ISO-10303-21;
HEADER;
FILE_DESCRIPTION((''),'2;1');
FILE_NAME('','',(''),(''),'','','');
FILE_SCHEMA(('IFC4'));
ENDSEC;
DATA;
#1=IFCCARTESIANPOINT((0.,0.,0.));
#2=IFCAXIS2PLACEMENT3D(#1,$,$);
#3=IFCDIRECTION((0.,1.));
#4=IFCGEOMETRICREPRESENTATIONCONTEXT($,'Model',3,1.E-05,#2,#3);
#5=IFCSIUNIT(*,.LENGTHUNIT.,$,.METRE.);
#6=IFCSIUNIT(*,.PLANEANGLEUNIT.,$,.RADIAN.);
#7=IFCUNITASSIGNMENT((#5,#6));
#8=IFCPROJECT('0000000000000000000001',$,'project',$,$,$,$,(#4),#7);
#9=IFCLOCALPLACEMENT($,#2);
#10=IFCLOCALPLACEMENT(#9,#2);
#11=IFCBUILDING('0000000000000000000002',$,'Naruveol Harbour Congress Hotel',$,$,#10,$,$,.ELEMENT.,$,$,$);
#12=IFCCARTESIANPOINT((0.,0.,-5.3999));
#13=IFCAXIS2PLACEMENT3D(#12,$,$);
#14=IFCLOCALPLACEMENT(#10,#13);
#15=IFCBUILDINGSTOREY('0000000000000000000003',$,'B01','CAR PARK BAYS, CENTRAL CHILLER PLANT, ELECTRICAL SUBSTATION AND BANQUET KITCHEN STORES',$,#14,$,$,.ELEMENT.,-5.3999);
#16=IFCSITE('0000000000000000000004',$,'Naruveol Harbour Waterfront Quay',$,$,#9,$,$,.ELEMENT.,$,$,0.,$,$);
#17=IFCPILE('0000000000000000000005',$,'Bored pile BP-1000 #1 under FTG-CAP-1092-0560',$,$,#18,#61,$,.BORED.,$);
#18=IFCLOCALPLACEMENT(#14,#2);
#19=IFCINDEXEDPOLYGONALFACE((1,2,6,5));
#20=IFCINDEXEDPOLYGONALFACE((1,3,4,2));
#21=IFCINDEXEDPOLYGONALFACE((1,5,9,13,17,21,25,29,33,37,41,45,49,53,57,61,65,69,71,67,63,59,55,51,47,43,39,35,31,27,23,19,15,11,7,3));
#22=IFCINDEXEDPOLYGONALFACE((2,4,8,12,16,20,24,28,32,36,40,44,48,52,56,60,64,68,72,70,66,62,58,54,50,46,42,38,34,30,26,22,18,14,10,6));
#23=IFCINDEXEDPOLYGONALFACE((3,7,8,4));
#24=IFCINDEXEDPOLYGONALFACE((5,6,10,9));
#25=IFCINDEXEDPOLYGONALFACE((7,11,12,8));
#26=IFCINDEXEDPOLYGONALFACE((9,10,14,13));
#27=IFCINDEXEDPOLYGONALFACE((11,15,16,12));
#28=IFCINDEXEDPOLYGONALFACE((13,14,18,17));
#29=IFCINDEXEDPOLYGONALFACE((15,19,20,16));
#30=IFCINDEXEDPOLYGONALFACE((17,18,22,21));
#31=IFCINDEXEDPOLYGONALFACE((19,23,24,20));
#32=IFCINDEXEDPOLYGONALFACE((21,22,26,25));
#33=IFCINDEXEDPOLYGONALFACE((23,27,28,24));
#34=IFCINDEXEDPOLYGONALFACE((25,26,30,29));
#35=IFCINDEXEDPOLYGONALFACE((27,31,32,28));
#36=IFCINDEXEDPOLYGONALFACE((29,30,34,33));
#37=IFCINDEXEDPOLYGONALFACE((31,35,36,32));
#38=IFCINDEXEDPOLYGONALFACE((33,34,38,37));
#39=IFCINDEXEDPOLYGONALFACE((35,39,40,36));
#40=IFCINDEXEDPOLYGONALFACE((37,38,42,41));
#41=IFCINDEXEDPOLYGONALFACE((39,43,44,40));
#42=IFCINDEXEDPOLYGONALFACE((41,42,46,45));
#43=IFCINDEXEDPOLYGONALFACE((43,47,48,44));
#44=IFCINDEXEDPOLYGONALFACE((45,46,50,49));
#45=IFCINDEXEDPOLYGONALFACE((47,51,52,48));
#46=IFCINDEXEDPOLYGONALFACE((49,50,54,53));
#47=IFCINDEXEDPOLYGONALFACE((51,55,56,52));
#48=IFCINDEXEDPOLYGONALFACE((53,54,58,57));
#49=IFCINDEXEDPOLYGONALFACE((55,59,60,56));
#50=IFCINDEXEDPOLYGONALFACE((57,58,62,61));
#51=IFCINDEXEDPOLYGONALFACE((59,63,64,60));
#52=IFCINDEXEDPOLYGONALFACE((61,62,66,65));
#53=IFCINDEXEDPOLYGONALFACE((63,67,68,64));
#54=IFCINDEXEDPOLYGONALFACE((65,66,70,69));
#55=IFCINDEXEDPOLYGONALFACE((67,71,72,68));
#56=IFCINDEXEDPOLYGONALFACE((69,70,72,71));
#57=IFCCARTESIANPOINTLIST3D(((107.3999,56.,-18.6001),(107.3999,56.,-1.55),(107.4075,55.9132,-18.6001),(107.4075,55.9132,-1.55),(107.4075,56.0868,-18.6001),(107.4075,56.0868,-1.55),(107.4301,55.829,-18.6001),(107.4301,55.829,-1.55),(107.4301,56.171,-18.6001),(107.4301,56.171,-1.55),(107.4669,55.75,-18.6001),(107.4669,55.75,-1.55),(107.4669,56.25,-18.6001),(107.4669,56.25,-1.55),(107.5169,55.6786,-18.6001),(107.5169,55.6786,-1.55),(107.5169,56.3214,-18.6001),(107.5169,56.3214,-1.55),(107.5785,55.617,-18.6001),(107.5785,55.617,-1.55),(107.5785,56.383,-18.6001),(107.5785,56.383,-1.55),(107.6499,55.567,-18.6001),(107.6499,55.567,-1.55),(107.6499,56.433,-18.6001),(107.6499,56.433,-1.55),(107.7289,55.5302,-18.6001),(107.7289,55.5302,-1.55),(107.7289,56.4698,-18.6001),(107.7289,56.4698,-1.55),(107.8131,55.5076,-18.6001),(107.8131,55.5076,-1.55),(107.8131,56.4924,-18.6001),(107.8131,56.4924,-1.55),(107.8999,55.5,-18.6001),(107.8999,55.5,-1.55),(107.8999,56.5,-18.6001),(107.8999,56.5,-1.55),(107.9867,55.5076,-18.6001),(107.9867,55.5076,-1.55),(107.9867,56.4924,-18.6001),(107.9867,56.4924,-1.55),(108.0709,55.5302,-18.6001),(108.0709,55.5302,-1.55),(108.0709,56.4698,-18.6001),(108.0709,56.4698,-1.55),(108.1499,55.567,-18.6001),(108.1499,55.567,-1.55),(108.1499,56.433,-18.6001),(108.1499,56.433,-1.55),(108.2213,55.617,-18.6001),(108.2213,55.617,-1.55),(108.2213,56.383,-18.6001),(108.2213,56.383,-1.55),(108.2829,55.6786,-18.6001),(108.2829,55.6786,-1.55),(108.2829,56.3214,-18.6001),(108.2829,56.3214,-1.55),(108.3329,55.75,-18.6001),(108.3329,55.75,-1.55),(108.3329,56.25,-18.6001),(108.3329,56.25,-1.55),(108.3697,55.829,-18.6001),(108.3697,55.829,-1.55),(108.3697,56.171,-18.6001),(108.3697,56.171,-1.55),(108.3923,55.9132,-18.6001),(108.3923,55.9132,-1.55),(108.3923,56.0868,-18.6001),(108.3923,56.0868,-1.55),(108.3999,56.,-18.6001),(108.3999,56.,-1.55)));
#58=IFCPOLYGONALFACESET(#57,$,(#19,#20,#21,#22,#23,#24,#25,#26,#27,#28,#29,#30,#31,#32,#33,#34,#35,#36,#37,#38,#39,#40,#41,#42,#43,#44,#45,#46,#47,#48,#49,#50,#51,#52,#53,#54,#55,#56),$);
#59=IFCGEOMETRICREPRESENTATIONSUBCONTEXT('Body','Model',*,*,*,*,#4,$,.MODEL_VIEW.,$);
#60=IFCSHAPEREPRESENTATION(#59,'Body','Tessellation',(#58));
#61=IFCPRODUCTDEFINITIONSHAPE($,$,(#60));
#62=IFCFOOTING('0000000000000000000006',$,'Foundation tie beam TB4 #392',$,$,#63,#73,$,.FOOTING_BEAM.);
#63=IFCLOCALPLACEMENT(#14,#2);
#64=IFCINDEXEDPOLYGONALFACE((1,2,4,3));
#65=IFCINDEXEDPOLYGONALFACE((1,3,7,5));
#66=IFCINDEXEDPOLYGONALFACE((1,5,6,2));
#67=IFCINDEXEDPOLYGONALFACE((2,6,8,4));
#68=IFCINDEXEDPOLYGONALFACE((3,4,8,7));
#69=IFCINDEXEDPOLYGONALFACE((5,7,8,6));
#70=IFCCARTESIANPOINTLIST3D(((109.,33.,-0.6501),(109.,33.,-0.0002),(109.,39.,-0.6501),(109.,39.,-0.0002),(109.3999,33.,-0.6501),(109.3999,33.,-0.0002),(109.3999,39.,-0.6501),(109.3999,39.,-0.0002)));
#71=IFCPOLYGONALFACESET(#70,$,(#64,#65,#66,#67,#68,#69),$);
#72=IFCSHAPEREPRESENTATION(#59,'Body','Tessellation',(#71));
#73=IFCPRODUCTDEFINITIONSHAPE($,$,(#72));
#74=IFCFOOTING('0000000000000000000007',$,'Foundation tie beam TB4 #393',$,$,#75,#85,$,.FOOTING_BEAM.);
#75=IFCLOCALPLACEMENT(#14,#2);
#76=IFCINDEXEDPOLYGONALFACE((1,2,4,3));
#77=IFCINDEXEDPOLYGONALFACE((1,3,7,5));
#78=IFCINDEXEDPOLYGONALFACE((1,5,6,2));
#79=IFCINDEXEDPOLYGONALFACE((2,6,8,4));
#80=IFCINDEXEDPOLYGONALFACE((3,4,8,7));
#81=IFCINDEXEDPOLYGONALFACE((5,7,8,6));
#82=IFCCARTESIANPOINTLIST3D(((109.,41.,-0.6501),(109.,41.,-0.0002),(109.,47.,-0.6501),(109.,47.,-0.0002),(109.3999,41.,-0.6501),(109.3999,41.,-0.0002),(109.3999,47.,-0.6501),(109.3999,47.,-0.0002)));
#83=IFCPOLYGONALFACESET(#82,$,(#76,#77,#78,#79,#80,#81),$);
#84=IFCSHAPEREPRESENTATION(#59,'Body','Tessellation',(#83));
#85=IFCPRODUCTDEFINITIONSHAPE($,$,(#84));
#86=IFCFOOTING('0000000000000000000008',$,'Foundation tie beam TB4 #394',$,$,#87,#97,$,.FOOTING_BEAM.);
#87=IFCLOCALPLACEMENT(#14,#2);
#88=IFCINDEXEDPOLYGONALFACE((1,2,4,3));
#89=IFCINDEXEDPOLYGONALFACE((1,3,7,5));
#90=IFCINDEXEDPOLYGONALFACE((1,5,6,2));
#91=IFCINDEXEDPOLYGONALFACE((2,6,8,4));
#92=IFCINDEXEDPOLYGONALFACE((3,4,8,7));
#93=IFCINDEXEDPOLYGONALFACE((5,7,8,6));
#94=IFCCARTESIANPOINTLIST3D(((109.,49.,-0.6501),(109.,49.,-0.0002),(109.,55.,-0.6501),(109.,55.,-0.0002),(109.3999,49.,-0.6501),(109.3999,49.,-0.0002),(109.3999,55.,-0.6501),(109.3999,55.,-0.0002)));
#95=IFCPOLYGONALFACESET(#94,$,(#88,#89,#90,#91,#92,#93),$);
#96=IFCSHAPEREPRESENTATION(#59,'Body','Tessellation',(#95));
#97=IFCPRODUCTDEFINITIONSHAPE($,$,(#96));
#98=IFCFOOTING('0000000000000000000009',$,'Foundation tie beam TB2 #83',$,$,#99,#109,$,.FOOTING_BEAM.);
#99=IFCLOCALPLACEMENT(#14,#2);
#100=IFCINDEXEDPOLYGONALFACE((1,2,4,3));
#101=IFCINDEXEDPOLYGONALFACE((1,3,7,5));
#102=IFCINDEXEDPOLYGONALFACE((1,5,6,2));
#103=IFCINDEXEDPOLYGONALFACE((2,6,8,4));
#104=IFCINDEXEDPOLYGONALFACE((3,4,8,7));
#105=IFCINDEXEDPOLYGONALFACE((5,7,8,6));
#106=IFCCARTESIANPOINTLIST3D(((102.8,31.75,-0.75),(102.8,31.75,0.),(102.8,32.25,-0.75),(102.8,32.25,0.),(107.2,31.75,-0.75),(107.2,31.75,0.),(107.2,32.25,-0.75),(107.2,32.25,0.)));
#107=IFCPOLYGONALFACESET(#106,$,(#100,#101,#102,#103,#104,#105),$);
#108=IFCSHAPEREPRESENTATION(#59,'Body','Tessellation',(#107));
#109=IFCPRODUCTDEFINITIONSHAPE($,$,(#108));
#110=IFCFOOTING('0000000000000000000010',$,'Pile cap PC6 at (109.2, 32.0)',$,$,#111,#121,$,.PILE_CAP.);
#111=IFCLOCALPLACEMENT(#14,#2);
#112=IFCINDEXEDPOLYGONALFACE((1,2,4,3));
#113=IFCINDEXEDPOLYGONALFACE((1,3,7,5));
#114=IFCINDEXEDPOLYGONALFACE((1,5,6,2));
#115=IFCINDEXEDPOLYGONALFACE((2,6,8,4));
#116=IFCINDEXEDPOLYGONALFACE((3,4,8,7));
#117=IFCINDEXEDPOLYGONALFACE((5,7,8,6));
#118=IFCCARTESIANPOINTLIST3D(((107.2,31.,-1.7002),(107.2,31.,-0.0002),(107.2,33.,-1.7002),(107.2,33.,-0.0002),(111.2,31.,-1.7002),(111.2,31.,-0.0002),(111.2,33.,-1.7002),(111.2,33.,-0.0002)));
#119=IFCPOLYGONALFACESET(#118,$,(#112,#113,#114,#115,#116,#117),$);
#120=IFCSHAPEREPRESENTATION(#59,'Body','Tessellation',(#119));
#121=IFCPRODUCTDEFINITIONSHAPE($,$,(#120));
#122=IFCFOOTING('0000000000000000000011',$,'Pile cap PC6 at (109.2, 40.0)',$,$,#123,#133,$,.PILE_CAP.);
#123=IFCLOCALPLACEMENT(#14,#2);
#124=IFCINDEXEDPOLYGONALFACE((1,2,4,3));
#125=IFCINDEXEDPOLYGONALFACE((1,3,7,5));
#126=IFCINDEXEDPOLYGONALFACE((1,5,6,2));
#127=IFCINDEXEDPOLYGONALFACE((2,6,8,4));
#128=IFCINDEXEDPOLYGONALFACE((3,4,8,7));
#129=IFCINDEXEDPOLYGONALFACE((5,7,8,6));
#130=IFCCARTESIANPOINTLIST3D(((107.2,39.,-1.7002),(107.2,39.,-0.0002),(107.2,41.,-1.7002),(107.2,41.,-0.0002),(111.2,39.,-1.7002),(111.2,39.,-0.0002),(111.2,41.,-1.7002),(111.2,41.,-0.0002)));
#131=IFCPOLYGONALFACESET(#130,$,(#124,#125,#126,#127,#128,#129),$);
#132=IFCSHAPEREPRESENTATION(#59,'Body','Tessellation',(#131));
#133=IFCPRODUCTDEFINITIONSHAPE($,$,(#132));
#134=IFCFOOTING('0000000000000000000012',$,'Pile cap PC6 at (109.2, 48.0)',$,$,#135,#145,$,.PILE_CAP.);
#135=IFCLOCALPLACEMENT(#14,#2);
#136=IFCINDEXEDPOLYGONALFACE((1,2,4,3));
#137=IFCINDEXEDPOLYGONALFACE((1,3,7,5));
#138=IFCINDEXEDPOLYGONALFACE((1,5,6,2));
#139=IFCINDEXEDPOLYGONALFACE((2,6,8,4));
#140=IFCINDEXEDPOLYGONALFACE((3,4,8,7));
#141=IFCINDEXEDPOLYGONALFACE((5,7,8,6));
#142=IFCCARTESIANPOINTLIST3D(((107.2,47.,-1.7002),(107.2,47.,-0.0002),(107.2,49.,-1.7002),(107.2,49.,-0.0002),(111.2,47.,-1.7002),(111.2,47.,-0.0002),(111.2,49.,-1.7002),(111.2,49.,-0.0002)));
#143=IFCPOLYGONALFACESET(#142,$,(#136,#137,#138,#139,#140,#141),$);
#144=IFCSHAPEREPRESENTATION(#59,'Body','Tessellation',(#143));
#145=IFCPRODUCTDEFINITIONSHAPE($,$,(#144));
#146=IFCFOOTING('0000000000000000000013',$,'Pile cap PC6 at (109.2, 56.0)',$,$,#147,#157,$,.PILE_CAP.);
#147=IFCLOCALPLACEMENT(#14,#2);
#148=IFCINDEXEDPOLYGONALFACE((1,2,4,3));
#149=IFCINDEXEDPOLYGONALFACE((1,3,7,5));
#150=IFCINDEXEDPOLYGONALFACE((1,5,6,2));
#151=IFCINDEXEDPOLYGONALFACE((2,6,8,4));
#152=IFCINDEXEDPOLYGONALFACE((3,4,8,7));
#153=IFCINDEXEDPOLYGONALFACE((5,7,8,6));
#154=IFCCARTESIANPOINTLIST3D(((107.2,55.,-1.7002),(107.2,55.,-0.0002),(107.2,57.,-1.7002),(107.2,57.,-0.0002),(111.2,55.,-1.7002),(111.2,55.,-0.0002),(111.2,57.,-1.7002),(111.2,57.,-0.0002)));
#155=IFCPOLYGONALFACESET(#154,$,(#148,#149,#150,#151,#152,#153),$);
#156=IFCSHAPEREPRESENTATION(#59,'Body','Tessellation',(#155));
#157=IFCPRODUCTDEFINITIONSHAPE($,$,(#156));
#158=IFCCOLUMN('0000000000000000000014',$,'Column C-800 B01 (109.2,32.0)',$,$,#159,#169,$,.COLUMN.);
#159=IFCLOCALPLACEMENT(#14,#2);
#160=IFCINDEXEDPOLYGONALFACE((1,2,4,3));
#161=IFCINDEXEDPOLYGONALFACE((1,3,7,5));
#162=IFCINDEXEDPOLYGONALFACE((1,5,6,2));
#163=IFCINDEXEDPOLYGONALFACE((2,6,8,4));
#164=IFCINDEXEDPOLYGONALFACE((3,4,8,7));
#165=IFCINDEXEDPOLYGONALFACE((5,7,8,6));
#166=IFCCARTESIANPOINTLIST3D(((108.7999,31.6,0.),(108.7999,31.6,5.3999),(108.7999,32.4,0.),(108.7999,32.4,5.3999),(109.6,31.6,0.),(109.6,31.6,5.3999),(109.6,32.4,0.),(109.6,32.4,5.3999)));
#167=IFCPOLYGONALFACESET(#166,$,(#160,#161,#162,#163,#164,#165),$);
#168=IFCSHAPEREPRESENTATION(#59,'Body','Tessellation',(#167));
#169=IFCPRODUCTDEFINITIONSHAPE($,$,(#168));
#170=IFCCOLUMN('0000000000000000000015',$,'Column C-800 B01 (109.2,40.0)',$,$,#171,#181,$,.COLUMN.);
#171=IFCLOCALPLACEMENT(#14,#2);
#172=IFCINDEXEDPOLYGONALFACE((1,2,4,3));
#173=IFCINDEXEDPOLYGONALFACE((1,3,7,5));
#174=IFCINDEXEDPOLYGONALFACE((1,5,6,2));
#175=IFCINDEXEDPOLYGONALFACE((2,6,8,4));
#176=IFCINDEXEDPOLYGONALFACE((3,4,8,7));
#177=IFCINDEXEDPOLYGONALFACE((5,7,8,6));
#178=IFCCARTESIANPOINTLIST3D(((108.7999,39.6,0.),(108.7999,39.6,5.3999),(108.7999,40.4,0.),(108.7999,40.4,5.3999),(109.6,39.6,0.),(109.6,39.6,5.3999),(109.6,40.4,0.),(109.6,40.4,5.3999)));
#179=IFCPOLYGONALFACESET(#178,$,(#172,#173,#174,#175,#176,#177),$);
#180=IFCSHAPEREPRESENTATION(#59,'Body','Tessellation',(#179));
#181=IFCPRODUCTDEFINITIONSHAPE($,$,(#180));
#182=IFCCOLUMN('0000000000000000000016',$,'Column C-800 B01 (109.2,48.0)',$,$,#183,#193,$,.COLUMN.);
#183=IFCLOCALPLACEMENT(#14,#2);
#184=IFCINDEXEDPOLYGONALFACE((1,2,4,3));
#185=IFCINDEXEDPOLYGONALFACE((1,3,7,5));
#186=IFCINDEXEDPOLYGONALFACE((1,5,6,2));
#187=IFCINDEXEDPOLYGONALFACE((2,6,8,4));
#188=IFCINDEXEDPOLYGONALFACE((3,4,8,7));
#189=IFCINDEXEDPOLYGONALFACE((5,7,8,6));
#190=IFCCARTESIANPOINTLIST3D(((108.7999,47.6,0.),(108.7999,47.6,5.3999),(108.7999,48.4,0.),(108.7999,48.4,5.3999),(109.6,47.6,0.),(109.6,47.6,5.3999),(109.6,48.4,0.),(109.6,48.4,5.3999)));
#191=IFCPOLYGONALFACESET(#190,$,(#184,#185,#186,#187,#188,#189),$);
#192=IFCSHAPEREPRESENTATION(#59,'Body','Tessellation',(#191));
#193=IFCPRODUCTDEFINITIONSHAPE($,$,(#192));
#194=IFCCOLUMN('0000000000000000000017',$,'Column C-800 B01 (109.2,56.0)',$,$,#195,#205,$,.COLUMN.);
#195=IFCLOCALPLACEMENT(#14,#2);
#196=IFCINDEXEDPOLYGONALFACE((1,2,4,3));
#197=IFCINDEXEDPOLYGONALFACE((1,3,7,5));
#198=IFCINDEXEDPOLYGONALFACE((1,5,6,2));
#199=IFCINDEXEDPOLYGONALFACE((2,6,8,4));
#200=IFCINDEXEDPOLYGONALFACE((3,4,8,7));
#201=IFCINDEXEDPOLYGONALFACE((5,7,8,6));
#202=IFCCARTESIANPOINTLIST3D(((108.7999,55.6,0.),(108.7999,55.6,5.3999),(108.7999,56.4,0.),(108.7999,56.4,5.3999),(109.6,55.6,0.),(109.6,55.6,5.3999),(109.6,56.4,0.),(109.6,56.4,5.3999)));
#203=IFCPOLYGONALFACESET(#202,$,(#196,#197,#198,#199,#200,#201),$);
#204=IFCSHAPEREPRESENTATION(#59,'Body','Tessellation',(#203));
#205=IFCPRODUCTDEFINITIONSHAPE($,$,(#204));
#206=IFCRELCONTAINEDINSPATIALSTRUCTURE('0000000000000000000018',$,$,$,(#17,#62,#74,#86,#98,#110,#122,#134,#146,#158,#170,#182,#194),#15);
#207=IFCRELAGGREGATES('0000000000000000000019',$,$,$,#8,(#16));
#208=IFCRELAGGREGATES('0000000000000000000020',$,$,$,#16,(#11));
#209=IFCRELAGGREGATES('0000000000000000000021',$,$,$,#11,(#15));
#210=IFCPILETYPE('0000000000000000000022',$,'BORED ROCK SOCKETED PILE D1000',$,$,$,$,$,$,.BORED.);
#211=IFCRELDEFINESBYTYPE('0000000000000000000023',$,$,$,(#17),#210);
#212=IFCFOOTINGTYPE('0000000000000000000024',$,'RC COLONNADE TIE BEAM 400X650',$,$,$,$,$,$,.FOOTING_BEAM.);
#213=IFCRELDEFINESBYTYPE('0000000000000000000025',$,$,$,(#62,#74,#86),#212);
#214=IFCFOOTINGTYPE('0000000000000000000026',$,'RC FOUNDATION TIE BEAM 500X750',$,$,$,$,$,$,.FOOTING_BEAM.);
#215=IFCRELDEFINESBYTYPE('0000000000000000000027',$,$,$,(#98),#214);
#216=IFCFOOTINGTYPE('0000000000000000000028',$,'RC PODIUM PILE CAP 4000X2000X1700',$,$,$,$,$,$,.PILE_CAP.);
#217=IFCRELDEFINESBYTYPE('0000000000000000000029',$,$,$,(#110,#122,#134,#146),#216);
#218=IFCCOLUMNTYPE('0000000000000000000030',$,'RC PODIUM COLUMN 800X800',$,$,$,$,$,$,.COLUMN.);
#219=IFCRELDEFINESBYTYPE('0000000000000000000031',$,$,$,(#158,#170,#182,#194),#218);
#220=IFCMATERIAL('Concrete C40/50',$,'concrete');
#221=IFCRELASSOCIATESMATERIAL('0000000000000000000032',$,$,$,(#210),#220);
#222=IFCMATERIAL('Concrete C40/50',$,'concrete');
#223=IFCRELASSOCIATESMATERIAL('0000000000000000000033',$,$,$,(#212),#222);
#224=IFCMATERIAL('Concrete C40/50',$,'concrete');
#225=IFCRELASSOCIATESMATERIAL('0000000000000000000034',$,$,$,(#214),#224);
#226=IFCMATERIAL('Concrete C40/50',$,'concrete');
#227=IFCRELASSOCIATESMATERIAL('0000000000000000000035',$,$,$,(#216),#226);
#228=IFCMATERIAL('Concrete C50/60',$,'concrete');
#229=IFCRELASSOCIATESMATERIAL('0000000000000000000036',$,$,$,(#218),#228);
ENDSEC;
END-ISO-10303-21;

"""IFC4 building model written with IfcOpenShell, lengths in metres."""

from ifc_helpers import new_model, si_unit, direction, frame, origin, origin_2d, place, context, subcontext, project, spatial, rectangle, circle, extrude, material, material_profile, profile_set, type_object, element, save


model = new_model("IFC4")

# Units and contexts
model_context = context("Model", 3, precision=1e-05, world=origin(), true_north=direction((0.0, 1.0)))
body_context = subcontext(model_context, "Body", "Model", "MODEL_VIEW")
ifc_project = project(units=[si_unit("LENGTHUNIT", "METRE"), si_unit("PLANEANGLEUNIT", "RADIAN")], contexts=[model_context])

# Site, building, storey
site_placement = place(None, origin())
site = spatial("IfcSite", under=ifc_project, at=site_placement, Name="Naruveol Harbour Waterfront Quay", CompositionType="ELEMENT", RefElevation=0.0)
building_placement = place(site_placement, origin())
building = spatial("IfcBuilding", under=site, at=building_placement, Name="Naruveol Harbour Congress Hotel", CompositionType="ELEMENT")
storey_placement = place(building_placement, frame((0.0, 0.0, -5.3999)))
storey = spatial("IfcBuildingStorey", under=building, at=storey_placement, Name="B01", Description="CAR PARK BAYS, CENTRAL CHILLER PLANT, ELECTRICAL SUBSTATION AND BANQUET KITCHEN STORES", CompositionType="ELEMENT", Elevation=-5.3999)

# Pile
ifc_material_1 = material(Name="Concrete C40/50", Category="concrete")
ifc_material_profile_1 = material_profile(ifc_material_1, circle(Radius=0.5, at=origin_2d()), Name="BP-1000")
ifc_profile_set_1 = profile_set([ifc_material_profile_1], Name="Concrete C40/50")
pile_type = type_object("IfcPileType", Name="BORED ROCK SOCKETED PILE D1000", PredefinedType="BORED", material=ifc_profile_set_1)
for number, where, z_axis, x_axis, name in (
    (1, (107.8999, 56.0, -1.55), (0.0, 0.0, -1.0), (1.0, 0.0, 0.0), "Bored pile BP-1000 #1 under FTG-CAP-1092-0560"),
):
    element("IfcPile", number, at=place(storey_placement, frame(where, z_axis=z_axis, x_axis=x_axis)), inside=storey, type_object=pile_type, Name=name, PredefinedType="BORED", context=body_context, shape_type="SweptSolid", body=[
        extrude(circle(Radius=0.5, at=origin_2d()), origin(), (0.0, 0.0, 1.0), 17.05),
    ])

# Footings
ifc_material_2 = material(Name="Concrete C40/50", Category="concrete")
ifc_material_profile_2 = material_profile(ifc_material_2, rectangle(XDim=0.3999, YDim=0.6499, at=origin_2d()), Name="RCB-400x650")
ifc_profile_set_2 = profile_set([ifc_material_profile_2], Name="Concrete C40/50")
footing_type_1 = type_object("IfcFootingType", Name="RC COLONNADE TIE BEAM 400X650", PredefinedType="FOOTING_BEAM", material=ifc_profile_set_2)
for number, where, z_axis, x_axis, name in (
    (2, (109.2, 33.0, -0.3252), (0.0, 1.0, 0.0), (-1.0, 0.0, 0.0), "Foundation tie beam TB4 #392"),
    (3, (109.2, 41.0, -0.3252), (0.0, 1.0, 0.0), (-1.0, 0.0, 0.0), "Foundation tie beam TB4 #393"),
    (4, (109.2, 49.0, -0.3252), (0.0, 1.0, 0.0), (-1.0, 0.0, 0.0), "Foundation tie beam TB4 #394"),
):
    element("IfcFooting", number, at=place(storey_placement, frame(where, z_axis=z_axis, x_axis=x_axis)), inside=storey, type_object=footing_type_1, Name=name, PredefinedType="FOOTING_BEAM", context=body_context, shape_type="SweptSolid", body=[
        extrude(rectangle(XDim=0.3999, YDim=0.6499, at=origin_2d()), origin(), (0.0, 0.0, 1.0), 6.0),
    ])
ifc_material_3 = material(Name="Concrete C40/50", Category="concrete")
ifc_material_profile_3 = material_profile(ifc_material_3, rectangle(XDim=0.5, YDim=0.75, at=origin_2d()), Name="RCB-500x750")
ifc_profile_set_3 = profile_set([ifc_material_profile_3], Name="Concrete C40/50")
footing_type_2 = type_object("IfcFootingType", Name="RC FOUNDATION TIE BEAM 500X750", PredefinedType="FOOTING_BEAM", material=ifc_profile_set_3)
footing_placement = place(storey_placement, frame((102.8, 32.0, -0.375), z_axis=(1.0, 0.0, 0.0), x_axis=(0.0, 1.0, 0.0)))
element("IfcFooting", 5, at=footing_placement, inside=storey, type_object=footing_type_2, Name="Foundation tie beam TB2 #83", PredefinedType="FOOTING_BEAM", context=body_context, shape_type="SweptSolid", body=[
    extrude(rectangle(XDim=0.5, YDim=0.75, at=origin_2d()), origin(), (0.0, 0.0, 1.0), 4.3999),
])
ifc_material_4 = material(Name="Concrete C40/50", Category="concrete")
footing_type_3 = type_object("IfcFootingType", Name="RC PODIUM PILE CAP 4000X2000X1700", PredefinedType="PILE_CAP", material=ifc_material_4)
for number, where, z_axis, x_axis, name in (
    (6, (109.2, 32.0, -1.7002), (0.0, 0.0, 1.0), (1.0, 0.0, 0.0), "Pile cap PC6 at (109.2, 32.0)"),
    (7, (109.2, 40.0, -1.7002), (0.0, 0.0, 1.0), (1.0, 0.0, 0.0), "Pile cap PC6 at (109.2, 40.0)"),
    (8, (109.2, 48.0, -1.7002), (0.0, 0.0, 1.0), (1.0, 0.0, 0.0), "Pile cap PC6 at (109.2, 48.0)"),
    (9, (109.2, 56.0, -1.7002), (0.0, 0.0, 1.0), (1.0, 0.0, 0.0), "Pile cap PC6 at (109.2, 56.0)"),
):
    element("IfcFooting", number, at=place(storey_placement, frame(where, z_axis=z_axis, x_axis=x_axis)), inside=storey, type_object=footing_type_3, Name=name, PredefinedType="PILE_CAP", context=body_context, shape_type="SweptSolid", body=[
        extrude(rectangle(XDim=4.0, YDim=2.0, at=origin_2d()), origin(), (0.0, 0.0, 1.0), 1.7),
    ])

# Columns
ifc_material_5 = material(Name="Concrete C50/60", Category="concrete")
ifc_material_profile_4 = material_profile(ifc_material_5, rectangle(XDim=0.8, YDim=0.8, at=origin_2d()), Name="RC-800x800")
ifc_profile_set_4 = profile_set([ifc_material_profile_4], Name="Concrete C50/60")
column_type = type_object("IfcColumnType", Name="RC PODIUM COLUMN 800X800", PredefinedType="COLUMN", material=ifc_profile_set_4)
for number, where, z_axis, x_axis, name in (
    (10, (109.2, 32.0, 0.0), (0.0, 0.0, 1.0), (1.0, 0.0, 0.0), "Column C-800 B01 (109.2,32.0)"),
    (11, (109.2, 40.0, 0.0), (0.0, 0.0, 1.0), (1.0, 0.0, 0.0), "Column C-800 B01 (109.2,40.0)"),
    (12, (109.2, 48.0, 0.0), (0.0, 0.0, 1.0), (1.0, 0.0, 0.0), "Column C-800 B01 (109.2,48.0)"),
    (13, (109.2, 56.0, 0.0), (0.0, 0.0, 1.0), (1.0, 0.0, 0.0), "Column C-800 B01 (109.2,56.0)"),
):
    element("IfcColumn", number, at=place(storey_placement, frame(where, z_axis=z_axis, x_axis=x_axis)), inside=storey, type_object=column_type, Name=name, PredefinedType="COLUMN", context=body_context, shape_type="SweptSolid", body=[
        extrude(rectangle(XDim=0.8, YDim=0.8, at=origin_2d()), origin(), (0.0, 0.0, 1.0), 5.3999),
    ])

save(model, "model.ifc")
